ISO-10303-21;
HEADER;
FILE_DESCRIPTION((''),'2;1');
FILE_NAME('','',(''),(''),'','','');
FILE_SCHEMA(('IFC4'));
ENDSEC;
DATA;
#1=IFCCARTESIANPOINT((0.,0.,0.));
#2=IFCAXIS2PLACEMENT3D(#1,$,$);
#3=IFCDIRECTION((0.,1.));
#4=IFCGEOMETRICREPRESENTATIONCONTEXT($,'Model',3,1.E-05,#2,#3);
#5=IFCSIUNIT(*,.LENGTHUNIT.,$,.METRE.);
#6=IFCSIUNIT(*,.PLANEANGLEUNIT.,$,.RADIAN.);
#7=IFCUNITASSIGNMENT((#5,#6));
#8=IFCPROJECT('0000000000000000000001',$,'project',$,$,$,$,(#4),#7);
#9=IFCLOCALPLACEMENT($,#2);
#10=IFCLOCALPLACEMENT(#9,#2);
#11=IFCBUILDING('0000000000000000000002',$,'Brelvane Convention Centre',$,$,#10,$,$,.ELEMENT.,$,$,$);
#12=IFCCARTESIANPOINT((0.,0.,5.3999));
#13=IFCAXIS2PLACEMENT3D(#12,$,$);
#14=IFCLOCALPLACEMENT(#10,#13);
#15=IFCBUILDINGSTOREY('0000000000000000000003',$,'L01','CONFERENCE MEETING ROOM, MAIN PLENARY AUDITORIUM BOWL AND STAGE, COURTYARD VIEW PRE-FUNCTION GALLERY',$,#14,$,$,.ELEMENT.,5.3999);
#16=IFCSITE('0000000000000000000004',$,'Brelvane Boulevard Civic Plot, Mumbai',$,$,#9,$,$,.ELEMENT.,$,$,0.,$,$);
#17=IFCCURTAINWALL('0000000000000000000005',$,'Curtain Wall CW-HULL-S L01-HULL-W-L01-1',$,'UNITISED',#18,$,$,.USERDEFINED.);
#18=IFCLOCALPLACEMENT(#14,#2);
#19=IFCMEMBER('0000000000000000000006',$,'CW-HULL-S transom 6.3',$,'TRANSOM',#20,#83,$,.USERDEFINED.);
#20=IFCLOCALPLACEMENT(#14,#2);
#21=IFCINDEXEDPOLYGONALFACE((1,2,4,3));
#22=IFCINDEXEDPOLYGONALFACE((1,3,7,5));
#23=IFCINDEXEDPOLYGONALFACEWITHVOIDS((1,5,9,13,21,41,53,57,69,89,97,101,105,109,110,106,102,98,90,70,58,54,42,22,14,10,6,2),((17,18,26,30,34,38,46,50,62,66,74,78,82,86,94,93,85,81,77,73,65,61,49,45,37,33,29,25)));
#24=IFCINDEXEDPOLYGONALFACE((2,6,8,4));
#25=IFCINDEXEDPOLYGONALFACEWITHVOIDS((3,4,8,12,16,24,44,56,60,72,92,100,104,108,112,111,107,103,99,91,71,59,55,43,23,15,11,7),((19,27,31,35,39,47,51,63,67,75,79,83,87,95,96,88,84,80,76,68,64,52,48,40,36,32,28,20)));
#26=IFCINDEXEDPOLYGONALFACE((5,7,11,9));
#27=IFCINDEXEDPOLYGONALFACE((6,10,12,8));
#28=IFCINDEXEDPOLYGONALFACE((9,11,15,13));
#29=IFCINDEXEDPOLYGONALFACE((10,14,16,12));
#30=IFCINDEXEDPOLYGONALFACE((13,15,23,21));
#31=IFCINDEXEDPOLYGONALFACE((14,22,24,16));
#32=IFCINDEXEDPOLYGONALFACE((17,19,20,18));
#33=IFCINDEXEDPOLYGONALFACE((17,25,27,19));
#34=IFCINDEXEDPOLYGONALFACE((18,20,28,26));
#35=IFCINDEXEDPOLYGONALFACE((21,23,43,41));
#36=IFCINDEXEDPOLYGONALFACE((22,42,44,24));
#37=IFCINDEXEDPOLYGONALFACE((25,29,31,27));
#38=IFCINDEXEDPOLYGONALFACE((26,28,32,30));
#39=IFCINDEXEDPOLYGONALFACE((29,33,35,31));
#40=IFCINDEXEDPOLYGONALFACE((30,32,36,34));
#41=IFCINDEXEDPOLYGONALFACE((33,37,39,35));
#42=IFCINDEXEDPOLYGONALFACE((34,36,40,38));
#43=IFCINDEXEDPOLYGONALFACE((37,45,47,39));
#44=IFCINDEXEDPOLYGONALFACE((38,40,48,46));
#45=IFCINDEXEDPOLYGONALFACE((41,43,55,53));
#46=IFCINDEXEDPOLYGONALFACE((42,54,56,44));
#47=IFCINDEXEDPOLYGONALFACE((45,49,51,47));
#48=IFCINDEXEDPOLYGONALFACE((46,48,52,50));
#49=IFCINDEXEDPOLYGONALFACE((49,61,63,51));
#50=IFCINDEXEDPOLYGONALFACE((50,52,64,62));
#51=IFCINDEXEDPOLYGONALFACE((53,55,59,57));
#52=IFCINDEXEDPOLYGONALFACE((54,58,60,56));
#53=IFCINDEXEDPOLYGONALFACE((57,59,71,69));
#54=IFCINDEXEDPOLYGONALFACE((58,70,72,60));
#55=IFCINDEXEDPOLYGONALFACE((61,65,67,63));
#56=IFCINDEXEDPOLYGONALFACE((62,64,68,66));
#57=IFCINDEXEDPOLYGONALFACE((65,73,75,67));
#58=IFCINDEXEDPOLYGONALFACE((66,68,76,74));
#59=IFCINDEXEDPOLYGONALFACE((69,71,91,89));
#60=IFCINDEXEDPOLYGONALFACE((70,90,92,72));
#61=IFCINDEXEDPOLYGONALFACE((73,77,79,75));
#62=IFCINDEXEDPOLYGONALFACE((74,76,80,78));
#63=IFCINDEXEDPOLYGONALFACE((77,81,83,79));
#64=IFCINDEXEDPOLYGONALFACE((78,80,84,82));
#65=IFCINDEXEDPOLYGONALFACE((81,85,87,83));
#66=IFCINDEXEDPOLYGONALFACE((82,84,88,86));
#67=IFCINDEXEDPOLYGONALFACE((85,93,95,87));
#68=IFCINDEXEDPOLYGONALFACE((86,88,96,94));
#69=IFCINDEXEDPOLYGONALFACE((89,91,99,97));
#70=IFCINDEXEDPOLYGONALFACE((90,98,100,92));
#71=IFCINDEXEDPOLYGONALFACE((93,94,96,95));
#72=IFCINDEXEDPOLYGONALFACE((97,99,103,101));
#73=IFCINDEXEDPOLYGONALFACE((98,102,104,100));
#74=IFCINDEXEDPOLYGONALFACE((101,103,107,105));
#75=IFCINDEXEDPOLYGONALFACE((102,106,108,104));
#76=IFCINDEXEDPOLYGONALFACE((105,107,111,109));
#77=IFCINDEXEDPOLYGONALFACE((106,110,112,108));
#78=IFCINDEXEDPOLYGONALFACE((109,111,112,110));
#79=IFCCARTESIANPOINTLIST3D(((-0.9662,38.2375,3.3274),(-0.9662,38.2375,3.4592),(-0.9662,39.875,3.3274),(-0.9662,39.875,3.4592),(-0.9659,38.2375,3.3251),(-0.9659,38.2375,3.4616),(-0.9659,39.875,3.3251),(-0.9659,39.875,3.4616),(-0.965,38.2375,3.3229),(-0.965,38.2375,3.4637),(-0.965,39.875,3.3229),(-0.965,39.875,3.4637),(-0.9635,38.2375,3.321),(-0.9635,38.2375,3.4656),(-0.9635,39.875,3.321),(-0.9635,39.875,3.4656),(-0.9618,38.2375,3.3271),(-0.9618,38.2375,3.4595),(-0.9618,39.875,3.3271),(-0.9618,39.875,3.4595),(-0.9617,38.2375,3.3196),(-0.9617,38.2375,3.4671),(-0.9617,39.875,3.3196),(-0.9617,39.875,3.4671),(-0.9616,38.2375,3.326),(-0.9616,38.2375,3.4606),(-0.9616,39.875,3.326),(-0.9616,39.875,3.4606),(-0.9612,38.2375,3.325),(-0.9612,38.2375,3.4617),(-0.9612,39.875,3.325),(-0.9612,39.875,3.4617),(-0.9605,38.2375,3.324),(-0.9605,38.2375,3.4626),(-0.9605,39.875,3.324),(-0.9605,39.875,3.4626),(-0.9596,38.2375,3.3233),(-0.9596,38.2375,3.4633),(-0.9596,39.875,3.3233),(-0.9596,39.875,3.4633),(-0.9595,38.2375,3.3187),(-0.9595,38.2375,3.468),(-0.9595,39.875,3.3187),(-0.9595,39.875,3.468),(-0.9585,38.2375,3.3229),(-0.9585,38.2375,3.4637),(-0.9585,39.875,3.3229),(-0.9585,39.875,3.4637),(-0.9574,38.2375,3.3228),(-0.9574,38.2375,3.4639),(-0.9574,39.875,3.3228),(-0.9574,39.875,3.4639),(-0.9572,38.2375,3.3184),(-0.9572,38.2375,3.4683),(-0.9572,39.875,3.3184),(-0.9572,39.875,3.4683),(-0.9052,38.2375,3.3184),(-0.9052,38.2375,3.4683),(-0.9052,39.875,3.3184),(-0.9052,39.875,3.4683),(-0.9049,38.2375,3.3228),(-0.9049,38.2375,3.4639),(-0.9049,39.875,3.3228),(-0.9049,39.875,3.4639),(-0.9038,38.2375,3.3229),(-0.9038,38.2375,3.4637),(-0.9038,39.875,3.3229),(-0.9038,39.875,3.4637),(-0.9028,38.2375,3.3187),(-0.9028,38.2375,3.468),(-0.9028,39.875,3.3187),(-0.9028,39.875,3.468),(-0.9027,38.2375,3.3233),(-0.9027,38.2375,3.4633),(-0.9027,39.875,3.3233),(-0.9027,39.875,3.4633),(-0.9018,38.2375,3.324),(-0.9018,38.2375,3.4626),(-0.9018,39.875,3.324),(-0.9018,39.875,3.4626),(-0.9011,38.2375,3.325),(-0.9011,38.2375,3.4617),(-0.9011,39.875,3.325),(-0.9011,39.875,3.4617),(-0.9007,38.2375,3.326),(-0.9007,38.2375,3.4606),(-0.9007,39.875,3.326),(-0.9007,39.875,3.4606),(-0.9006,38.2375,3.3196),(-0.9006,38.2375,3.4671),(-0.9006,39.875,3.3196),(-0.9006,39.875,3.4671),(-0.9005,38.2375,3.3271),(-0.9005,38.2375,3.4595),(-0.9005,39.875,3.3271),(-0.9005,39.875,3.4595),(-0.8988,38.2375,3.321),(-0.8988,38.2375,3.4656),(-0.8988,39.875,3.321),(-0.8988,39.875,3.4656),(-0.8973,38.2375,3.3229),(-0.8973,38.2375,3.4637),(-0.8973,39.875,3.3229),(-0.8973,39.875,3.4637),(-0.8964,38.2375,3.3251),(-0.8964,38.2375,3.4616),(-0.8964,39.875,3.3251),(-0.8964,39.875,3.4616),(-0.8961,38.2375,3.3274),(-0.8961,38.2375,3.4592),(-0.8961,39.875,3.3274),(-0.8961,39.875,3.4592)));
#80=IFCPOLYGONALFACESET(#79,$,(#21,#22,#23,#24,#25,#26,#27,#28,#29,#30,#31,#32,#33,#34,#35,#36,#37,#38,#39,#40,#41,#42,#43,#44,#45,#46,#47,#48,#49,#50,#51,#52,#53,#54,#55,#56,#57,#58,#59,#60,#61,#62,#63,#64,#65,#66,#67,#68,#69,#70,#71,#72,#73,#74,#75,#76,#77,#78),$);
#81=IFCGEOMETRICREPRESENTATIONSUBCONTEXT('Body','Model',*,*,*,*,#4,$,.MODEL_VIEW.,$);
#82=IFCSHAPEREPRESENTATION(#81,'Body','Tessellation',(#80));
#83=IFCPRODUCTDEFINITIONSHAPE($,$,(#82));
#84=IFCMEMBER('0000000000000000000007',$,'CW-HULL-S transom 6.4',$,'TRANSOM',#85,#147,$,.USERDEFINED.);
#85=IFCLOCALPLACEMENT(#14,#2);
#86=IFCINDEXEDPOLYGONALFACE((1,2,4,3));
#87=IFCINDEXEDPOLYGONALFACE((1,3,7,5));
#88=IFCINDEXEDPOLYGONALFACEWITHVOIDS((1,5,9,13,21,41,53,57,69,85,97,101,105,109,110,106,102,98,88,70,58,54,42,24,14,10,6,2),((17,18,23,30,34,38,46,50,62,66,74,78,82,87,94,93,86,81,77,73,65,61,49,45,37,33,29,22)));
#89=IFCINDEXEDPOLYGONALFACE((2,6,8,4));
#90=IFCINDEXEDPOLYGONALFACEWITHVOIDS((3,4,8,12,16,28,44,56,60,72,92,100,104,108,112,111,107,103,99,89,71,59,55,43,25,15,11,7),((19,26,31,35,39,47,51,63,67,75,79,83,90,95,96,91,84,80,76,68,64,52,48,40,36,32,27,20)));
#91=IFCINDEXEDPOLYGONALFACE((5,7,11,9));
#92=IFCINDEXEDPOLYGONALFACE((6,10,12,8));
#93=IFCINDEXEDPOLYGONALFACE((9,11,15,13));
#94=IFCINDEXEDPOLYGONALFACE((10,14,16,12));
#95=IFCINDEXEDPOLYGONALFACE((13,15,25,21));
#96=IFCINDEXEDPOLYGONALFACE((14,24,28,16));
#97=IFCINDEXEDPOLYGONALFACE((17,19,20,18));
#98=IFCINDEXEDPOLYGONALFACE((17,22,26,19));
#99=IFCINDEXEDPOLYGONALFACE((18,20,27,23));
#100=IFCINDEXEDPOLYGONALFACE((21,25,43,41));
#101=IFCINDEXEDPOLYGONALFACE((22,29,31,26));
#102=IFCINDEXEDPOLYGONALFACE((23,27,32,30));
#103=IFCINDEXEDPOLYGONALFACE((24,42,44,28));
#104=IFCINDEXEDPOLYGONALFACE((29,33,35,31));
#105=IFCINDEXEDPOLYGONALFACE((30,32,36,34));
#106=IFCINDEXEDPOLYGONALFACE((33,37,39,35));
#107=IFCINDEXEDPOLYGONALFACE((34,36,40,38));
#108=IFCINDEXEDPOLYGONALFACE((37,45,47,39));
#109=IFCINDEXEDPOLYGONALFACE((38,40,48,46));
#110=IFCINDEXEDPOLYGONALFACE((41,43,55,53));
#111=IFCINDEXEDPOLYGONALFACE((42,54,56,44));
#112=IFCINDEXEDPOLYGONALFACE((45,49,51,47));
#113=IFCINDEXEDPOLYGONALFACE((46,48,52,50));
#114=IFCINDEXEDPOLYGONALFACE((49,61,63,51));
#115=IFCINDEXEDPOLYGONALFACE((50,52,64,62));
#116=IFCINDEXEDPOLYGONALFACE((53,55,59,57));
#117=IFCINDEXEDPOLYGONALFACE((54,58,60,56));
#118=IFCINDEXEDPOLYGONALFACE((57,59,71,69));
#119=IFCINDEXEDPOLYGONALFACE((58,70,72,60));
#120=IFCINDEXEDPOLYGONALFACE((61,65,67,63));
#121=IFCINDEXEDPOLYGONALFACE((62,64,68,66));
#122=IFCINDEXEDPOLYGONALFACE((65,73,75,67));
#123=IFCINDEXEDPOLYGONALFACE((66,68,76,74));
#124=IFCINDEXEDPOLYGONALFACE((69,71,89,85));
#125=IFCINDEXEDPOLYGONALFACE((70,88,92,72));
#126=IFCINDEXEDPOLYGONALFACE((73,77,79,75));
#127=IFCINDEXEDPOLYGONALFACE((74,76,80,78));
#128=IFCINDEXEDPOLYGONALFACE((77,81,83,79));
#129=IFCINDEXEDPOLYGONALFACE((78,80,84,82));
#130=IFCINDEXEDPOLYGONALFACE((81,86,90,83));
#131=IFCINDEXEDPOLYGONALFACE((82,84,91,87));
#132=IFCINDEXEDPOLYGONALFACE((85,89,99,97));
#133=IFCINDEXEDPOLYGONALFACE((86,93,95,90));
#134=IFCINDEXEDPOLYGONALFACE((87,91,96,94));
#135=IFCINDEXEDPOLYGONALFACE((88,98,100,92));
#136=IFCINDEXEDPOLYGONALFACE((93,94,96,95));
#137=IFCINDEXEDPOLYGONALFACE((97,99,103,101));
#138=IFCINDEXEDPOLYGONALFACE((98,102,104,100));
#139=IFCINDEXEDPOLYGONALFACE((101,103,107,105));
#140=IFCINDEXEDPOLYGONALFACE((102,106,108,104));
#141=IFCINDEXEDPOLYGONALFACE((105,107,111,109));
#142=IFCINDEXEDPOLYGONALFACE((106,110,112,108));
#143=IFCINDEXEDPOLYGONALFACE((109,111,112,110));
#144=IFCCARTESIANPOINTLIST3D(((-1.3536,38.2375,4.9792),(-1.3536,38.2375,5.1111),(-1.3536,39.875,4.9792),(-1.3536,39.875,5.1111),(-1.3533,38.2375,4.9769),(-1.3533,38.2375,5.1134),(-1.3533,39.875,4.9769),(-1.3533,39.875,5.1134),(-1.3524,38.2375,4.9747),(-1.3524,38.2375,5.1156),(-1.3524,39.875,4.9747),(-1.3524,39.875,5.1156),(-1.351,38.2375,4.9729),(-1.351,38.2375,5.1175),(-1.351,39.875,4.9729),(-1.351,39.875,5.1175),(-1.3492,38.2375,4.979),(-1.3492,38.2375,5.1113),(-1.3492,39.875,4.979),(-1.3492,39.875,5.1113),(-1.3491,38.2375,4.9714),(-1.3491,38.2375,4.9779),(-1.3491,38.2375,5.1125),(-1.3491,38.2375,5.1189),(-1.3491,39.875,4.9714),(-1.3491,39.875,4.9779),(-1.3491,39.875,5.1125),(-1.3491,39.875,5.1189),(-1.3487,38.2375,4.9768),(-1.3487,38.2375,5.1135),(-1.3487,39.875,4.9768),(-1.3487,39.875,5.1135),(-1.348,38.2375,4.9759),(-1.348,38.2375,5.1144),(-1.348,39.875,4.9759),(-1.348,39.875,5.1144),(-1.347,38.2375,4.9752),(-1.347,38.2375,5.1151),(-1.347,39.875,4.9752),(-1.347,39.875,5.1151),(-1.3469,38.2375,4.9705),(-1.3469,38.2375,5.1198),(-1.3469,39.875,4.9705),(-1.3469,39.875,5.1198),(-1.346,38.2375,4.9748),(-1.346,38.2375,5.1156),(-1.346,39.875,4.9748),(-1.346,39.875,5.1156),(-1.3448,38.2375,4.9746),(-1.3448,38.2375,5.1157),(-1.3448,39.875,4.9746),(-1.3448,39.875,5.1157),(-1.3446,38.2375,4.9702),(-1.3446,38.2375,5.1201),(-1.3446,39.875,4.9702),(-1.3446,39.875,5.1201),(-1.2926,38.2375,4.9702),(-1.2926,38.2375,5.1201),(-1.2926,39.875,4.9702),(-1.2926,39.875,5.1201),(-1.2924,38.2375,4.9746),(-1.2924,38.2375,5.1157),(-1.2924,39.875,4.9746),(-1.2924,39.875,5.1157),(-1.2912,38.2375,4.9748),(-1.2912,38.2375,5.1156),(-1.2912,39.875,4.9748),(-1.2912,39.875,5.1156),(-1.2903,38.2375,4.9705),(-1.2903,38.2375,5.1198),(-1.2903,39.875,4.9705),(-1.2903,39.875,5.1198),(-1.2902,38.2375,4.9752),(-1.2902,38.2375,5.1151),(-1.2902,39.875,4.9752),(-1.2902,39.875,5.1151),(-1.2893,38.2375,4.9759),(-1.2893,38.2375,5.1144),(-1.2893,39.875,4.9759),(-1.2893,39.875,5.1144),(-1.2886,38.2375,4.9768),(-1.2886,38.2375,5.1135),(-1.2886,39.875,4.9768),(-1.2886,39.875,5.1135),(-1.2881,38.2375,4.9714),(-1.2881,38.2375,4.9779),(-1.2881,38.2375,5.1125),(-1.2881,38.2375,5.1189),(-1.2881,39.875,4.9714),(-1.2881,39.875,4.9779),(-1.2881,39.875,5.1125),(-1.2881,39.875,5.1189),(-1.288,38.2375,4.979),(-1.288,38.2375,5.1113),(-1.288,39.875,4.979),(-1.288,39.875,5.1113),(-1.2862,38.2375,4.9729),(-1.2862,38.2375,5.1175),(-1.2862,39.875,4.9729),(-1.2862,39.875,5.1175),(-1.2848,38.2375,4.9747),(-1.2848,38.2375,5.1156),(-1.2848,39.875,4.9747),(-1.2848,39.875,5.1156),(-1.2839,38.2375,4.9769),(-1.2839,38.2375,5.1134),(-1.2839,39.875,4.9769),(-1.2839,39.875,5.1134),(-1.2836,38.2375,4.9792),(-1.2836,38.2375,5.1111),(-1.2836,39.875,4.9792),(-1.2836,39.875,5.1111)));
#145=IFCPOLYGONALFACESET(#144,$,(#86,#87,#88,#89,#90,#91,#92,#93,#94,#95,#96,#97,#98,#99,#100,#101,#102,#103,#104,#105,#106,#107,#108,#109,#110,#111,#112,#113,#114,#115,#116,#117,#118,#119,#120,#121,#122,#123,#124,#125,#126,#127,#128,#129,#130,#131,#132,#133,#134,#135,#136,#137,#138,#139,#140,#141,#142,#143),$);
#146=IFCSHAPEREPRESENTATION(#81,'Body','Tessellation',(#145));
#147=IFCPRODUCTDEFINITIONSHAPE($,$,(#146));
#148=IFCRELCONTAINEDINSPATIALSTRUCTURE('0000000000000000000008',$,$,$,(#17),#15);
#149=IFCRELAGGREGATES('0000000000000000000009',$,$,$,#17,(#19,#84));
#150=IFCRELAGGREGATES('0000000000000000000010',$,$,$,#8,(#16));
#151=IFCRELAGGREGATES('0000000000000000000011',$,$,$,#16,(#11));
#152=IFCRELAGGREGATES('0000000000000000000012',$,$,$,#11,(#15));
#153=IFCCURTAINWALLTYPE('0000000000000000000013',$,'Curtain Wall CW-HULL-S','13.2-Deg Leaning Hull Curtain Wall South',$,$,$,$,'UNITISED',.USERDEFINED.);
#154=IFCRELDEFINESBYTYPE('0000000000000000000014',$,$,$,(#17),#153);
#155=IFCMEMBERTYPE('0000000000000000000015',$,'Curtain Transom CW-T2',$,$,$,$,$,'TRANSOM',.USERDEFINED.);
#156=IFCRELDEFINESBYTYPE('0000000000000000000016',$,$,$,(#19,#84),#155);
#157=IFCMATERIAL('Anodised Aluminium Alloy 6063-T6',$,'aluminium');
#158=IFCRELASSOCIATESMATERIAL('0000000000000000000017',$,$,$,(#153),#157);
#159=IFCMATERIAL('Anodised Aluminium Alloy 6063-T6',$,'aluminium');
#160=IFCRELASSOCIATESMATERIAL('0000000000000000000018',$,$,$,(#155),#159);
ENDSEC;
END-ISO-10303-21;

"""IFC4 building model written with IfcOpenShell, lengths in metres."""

from ifc_helpers import new_model, si_unit, direction, frame, origin, origin_2d, place, context, subcontext, project, spatial, hollow_rectangle, extrude, material, material_profile, profile_set, type_object, element, aggregate, save


model = new_model("IFC4")

# Units and contexts
model_context = context("Model", 3, precision=1e-05, world=origin(), true_north=direction((0.0, 1.0)))
body_context = subcontext(model_context, "Body", "Model", "MODEL_VIEW")
ifc_project = project(units=[si_unit("LENGTHUNIT", "METRE"), si_unit("PLANEANGLEUNIT", "RADIAN")], contexts=[model_context])

# Site, building, storey
site_placement = place(None, origin())
site = spatial("IfcSite", under=ifc_project, at=site_placement, Name="Brelvane Boulevard Civic Plot, Mumbai", CompositionType="ELEMENT", RefElevation=0.0)
building_placement = place(site_placement, origin())
building = spatial("IfcBuilding", under=site, at=building_placement, Name="Brelvane Convention Centre", CompositionType="ELEMENT")
storey_placement = place(building_placement, frame((0.0, 0.0, 5.3999)))
storey = spatial("IfcBuildingStorey", under=building, at=storey_placement, Name="L01", Description="CONFERENCE MEETING ROOM, MAIN PLENARY AUDITORIUM BOWL AND STAGE, COURTYARD VIEW PRE-FUNCTION GALLERY", CompositionType="ELEMENT", Elevation=5.3999)

# Curtain wall
ifc_material_1 = material(Name="Anodised Aluminium Alloy 6063-T6", Category="aluminium")
curtain_wall_type = type_object("IfcCurtainWallType", Name="Curtain Wall CW-HULL-S", Description="13.2-Deg Leaning Hull Curtain Wall South", ElementType="UNITISED", PredefinedType="USERDEFINED", material=ifc_material_1)
curtain_wall_1_placement = place(storey_placement, origin())
curtain_wall_1 = element("IfcCurtainWall", 1, at=curtain_wall_1_placement, inside=storey, type_object=curtain_wall_type, Name="Curtain Wall CW-HULL-S L01-HULL-W-L01-1", ObjectType="UNITISED", PredefinedType="USERDEFINED")

# Members
ifc_material_2 = material(Name="Anodised Aluminium Alloy 6063-T6", Category="aluminium")
ifc_material_profile_1 = material_profile(ifc_material_2, hollow_rectangle(XDim=0.0701, YDim=0.1499, WallThickness=0.0044, InnerFilletRadius=0.0044, OuterFilletRadius=0.009, at=origin_2d()), Name="ALU-T 150x70x4.5")
ifc_profile_set_1 = profile_set([ifc_material_profile_1], Name="Anodised Aluminium Alloy 6063-T6")
member_type_1 = type_object("IfcMemberType", Name="Curtain Transom CW-T2", ElementType="TRANSOM", PredefinedType="USERDEFINED", material=ifc_profile_set_1)
member_1_placement = place(storey_placement, frame((-0.9312, 38.2375, 3.3933), z_axis=(0.0, 1.0, 0.0), x_axis=(-1.0, 0.0, 0.0)))
member_1 = element("IfcMember", 2, at=member_1_placement, type_object=member_type_1, Name="CW-HULL-S transom 6.3", ObjectType="TRANSOM", PredefinedType="USERDEFINED", context=body_context, shape_type="SweptSolid", body=[
    extrude(hollow_rectangle(XDim=0.0701, YDim=0.1499, WallThickness=0.0044, InnerFilletRadius=0.0044, OuterFilletRadius=0.009, at=origin_2d()), origin(), (0.0, 0.0, 1.0), 1.6375),
])
member_2_placement = place(storey_placement, frame((-1.3186, 38.2375, 5.0452), z_axis=(0.0, 1.0, 0.0), x_axis=(-1.0, 0.0, 0.0)))
member_2 = element("IfcMember", 3, at=member_2_placement, type_object=member_type_1, Name="CW-HULL-S transom 6.4", ObjectType="TRANSOM", PredefinedType="USERDEFINED", context=body_context, shape_type="SweptSolid", body=[
    extrude(hollow_rectangle(XDim=0.0701, YDim=0.1499, WallThickness=0.0044, InnerFilletRadius=0.0044, OuterFilletRadius=0.009, at=origin_2d()), origin(), (0.0, 0.0, 1.0), 1.6375),
])

aggregate(curtain_wall_1, [member_1, member_2])

save(model, "model.ifc")
